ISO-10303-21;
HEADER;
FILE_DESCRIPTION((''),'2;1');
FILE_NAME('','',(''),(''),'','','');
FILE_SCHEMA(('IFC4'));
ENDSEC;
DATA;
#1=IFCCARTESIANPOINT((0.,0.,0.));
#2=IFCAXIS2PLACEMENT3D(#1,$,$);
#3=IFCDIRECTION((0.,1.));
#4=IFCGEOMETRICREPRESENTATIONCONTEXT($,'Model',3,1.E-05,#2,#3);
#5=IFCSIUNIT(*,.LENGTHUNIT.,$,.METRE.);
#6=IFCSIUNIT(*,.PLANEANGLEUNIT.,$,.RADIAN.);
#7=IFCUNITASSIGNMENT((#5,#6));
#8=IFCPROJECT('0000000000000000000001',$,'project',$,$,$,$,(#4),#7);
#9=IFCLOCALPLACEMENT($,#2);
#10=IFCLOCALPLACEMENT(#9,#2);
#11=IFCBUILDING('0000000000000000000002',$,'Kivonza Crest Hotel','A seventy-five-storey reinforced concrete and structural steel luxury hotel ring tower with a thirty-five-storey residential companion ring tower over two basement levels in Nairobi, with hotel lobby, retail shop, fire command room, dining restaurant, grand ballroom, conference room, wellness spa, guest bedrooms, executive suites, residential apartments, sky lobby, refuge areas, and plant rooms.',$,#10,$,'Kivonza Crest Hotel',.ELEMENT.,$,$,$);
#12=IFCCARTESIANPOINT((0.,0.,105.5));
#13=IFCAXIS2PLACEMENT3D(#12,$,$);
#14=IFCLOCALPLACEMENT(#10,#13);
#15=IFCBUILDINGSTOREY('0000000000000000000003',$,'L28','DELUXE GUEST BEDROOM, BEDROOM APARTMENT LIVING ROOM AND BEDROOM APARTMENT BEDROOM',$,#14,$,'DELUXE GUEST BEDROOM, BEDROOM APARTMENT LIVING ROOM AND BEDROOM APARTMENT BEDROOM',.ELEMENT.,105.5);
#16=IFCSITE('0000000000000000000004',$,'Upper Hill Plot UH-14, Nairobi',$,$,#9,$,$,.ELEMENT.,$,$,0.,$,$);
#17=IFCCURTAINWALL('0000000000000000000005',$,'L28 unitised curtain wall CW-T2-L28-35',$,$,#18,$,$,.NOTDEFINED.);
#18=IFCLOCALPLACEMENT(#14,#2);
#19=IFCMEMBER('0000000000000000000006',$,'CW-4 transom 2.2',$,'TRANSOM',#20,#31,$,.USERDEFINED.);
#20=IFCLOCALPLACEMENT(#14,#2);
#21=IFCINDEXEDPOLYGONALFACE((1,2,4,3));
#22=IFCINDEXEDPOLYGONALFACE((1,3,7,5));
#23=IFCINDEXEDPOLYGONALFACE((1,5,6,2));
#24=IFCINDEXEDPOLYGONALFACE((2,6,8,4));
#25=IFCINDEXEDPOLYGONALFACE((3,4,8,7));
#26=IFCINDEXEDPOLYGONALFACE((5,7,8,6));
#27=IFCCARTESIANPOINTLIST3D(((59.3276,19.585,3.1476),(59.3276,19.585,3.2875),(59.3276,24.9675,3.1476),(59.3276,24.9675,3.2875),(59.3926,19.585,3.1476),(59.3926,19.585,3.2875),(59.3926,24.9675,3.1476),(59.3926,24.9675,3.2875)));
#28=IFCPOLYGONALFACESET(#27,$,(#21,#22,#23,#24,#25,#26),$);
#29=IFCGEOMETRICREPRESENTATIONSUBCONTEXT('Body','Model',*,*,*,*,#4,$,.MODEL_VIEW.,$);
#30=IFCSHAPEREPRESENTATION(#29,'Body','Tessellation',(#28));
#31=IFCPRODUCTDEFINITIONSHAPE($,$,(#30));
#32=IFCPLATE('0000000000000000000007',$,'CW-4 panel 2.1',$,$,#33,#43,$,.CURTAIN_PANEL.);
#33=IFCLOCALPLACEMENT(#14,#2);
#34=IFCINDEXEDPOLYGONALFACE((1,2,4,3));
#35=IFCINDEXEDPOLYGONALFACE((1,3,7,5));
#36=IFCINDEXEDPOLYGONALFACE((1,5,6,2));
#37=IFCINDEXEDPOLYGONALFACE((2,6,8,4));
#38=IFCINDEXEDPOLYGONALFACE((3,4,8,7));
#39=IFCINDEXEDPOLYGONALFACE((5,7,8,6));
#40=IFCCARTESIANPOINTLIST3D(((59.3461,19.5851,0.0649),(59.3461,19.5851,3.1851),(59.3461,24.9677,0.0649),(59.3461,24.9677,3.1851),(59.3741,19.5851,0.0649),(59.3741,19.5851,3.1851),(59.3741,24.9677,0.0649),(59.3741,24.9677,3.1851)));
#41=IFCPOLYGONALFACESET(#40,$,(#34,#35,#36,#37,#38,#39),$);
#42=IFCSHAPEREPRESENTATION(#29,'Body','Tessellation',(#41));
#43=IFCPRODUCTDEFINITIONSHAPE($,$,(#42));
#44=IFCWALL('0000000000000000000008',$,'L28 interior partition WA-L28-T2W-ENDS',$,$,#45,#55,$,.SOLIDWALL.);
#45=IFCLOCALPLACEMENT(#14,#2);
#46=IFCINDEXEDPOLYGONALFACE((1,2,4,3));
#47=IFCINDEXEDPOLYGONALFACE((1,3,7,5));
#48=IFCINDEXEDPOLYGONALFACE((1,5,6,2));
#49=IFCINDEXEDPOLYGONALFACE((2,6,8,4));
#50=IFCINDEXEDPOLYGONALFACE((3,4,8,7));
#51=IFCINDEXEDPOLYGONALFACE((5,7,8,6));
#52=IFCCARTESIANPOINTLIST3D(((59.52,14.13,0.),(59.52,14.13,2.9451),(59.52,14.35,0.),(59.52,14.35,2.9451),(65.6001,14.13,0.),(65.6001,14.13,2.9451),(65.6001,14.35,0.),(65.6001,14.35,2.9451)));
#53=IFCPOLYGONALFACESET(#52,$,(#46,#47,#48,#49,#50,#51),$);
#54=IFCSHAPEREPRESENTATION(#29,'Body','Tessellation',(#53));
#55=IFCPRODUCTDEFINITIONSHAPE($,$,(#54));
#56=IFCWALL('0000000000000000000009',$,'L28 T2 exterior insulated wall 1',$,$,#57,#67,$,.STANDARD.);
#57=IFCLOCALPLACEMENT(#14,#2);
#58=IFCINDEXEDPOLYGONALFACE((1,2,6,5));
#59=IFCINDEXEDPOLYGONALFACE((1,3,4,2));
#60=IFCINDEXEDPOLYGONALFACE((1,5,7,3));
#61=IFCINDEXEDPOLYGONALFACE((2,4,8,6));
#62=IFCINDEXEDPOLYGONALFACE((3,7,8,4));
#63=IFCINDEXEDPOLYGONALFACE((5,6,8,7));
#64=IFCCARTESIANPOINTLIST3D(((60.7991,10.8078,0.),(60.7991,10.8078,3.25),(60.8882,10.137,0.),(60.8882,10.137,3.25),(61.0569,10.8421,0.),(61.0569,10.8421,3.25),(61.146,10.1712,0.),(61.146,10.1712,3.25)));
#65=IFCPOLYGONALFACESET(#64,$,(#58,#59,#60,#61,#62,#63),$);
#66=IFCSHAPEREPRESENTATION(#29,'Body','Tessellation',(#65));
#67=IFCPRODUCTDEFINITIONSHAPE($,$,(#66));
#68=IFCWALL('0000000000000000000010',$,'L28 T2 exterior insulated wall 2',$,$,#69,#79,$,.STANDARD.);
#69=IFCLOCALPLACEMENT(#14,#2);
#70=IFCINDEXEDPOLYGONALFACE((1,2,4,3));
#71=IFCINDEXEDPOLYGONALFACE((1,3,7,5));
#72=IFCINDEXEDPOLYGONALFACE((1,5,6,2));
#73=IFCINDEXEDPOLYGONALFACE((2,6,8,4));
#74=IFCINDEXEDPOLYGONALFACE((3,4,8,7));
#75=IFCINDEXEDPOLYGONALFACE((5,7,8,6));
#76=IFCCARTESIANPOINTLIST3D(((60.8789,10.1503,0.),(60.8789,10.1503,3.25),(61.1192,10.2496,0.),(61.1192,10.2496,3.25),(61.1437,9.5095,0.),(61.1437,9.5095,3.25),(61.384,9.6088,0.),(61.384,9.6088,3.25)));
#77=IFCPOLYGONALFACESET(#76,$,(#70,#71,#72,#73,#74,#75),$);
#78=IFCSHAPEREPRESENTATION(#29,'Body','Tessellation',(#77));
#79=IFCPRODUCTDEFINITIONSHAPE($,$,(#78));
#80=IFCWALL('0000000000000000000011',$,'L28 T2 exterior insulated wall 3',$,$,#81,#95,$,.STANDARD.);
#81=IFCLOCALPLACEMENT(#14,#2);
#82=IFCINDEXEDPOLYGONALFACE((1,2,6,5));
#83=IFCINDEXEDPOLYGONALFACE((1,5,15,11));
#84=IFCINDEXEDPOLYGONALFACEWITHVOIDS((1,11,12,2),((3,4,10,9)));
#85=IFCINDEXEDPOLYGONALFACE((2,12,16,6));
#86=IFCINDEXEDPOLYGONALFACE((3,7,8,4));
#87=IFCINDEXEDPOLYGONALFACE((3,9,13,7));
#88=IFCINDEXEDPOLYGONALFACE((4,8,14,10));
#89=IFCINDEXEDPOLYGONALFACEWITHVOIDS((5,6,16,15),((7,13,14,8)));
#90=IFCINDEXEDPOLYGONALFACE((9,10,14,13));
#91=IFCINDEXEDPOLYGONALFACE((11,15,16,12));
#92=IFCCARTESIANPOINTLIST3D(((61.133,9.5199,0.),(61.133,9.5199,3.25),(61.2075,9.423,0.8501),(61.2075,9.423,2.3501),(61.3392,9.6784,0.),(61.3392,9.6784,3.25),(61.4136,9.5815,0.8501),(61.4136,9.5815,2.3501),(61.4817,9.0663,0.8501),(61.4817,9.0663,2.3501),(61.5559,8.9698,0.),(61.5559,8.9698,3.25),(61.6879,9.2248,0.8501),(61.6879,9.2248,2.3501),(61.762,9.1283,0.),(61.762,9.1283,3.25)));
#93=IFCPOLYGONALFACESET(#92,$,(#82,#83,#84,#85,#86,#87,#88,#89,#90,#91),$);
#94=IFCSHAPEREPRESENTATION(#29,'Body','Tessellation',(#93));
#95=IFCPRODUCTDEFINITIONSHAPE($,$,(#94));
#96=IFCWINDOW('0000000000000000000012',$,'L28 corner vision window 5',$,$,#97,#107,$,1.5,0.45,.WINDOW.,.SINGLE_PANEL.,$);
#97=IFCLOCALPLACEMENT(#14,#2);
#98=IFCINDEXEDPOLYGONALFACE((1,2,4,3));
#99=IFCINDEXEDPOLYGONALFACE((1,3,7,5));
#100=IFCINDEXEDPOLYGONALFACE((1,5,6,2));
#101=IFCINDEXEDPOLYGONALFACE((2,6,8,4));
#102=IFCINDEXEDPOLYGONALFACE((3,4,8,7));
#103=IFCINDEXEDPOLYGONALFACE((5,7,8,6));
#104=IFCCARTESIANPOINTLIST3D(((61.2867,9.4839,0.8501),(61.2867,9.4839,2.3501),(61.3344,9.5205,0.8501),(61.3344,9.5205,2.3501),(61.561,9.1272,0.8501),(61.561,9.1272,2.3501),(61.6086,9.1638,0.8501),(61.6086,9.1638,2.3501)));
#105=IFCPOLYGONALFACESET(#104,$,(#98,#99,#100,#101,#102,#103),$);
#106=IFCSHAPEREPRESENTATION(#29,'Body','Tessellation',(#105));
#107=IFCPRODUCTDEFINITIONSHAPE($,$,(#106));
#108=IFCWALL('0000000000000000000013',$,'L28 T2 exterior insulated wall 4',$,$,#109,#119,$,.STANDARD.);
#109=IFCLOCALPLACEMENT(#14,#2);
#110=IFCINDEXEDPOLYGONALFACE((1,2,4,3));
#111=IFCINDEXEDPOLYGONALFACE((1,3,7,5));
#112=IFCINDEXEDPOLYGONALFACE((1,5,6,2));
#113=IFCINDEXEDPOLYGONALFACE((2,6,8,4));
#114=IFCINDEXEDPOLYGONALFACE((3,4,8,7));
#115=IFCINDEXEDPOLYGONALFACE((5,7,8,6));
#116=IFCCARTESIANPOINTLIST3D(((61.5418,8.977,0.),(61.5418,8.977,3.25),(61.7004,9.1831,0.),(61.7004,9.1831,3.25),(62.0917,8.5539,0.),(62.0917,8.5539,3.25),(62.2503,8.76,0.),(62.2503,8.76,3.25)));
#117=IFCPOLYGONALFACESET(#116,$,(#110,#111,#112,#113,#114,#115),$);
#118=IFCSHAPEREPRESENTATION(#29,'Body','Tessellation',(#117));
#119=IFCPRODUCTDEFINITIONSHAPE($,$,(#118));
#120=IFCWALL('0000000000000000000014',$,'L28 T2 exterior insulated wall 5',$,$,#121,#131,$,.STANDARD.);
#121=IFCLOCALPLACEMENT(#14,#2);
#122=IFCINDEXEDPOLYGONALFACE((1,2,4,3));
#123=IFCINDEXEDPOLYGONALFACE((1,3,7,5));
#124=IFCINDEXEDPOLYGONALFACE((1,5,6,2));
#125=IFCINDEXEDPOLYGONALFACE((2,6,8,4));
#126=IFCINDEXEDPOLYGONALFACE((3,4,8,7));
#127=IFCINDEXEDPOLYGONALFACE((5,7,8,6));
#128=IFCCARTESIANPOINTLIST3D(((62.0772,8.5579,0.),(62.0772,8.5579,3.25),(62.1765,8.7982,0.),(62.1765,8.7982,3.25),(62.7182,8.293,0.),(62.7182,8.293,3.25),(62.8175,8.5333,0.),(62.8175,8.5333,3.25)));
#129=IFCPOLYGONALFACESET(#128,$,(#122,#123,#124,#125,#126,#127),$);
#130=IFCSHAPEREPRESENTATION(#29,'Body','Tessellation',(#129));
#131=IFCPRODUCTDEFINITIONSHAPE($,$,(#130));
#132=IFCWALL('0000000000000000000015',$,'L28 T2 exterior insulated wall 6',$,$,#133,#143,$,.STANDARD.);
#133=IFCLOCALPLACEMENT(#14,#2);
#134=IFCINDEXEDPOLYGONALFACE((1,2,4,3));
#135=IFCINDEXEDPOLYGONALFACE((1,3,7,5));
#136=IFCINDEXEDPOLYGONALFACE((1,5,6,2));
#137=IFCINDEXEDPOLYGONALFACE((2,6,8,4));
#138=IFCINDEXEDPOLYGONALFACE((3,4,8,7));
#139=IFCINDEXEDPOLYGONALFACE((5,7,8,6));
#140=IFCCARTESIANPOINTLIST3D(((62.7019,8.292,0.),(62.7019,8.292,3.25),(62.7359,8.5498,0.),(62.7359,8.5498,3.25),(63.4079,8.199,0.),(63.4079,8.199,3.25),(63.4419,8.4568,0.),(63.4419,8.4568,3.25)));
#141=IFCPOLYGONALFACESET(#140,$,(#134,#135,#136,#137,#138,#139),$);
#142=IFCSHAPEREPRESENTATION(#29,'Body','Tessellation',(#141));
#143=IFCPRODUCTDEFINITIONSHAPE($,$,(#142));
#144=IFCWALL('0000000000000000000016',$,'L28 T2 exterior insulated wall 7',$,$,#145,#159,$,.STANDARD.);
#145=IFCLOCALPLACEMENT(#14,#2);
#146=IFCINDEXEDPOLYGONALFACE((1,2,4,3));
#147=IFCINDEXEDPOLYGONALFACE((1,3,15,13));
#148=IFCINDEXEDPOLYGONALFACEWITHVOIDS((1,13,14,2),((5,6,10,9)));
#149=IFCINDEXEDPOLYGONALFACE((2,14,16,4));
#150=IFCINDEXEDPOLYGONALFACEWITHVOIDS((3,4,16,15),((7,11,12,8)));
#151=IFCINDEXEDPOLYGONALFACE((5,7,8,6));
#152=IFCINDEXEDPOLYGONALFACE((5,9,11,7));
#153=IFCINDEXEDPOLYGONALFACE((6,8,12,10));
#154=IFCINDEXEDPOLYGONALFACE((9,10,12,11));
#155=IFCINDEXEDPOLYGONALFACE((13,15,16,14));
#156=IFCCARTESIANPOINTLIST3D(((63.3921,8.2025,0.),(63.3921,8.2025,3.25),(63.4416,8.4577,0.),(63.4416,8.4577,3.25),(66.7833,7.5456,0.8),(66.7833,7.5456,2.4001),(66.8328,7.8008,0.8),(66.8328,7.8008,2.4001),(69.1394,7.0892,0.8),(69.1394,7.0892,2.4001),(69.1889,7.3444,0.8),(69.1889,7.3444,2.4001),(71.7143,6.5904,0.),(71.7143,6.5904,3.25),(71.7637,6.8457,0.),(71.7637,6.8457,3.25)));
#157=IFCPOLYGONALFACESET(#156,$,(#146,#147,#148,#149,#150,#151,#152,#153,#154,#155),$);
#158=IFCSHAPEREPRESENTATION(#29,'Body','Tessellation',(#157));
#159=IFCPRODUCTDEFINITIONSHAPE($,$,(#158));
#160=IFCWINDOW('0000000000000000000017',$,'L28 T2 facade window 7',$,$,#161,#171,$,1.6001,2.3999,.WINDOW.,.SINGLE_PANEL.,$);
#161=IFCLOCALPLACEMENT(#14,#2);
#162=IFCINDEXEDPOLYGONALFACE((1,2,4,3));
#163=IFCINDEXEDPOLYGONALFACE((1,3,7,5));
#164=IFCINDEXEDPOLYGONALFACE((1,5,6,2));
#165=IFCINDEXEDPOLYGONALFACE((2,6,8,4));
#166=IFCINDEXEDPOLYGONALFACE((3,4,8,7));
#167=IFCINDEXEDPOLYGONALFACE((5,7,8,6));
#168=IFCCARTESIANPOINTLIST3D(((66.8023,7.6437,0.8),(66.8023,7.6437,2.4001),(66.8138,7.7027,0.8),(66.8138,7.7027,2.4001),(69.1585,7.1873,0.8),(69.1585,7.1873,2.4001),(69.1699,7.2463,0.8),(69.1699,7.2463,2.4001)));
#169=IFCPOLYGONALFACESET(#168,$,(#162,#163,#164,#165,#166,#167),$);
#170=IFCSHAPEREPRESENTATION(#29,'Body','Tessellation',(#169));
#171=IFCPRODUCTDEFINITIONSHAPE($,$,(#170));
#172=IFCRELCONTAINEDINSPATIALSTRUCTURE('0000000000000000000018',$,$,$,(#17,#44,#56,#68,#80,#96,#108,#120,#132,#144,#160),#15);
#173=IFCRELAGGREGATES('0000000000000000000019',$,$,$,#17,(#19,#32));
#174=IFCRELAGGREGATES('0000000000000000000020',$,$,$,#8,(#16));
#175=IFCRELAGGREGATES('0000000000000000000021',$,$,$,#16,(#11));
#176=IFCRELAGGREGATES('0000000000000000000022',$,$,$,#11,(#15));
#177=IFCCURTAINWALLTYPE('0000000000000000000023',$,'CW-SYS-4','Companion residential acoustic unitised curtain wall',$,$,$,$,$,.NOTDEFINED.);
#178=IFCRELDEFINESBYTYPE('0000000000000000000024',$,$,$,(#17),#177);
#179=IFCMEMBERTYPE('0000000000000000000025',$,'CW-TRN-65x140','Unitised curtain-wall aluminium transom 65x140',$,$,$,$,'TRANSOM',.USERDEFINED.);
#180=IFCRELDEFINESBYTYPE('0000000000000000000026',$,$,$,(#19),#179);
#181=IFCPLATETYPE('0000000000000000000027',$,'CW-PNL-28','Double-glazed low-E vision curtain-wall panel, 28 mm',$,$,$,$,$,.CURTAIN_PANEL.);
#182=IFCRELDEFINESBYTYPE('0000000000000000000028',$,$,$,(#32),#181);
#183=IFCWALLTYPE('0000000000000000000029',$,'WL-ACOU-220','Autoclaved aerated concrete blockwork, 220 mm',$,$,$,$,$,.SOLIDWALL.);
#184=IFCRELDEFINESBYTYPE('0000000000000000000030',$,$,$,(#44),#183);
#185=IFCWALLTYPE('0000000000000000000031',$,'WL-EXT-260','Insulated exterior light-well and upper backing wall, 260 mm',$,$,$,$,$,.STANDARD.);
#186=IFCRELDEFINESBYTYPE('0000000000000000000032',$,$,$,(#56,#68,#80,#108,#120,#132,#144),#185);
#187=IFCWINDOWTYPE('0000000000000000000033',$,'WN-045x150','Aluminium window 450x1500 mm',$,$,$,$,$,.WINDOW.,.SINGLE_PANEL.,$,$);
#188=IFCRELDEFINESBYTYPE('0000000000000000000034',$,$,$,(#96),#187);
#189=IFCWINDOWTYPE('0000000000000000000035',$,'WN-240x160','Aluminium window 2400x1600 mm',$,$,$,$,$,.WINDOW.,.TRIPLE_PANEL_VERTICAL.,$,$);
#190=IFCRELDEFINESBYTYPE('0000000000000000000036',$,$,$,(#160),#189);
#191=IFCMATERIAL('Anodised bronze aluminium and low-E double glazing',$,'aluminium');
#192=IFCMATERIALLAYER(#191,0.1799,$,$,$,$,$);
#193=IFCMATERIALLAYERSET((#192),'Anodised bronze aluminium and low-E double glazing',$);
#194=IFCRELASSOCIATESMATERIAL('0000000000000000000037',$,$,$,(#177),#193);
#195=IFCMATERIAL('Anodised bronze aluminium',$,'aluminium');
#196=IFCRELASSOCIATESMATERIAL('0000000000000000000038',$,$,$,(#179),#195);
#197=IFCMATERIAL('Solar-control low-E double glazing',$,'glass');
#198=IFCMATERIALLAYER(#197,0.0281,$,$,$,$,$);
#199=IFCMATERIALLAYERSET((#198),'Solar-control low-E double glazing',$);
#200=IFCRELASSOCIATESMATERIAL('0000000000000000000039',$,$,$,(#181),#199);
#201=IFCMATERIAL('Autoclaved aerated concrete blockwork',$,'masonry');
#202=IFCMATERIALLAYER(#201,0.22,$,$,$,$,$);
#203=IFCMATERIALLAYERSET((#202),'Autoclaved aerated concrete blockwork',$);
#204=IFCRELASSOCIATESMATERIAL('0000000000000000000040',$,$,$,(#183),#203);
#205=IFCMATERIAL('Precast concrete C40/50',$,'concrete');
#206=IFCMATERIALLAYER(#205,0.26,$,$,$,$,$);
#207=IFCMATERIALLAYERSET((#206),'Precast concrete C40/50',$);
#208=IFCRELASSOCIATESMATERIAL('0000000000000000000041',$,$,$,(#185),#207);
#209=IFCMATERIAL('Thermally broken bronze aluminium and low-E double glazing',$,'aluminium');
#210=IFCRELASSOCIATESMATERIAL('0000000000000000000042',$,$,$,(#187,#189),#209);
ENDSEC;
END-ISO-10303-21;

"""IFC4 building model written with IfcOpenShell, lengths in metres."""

from ifc_helpers import new_model, si_unit, direction, frame, frame_2d, origin, origin_2d, place, context, subcontext, project, spatial, rectangle, extrude, material, layer, layer_set, material_profile, profile_set, type_object, element, fill, aggregate, save


model = new_model("IFC4")

# Units and contexts
model_context = context("Model", 3, precision=1e-05, world=origin(), true_north=direction((0.0, 1.0)))
body_context = subcontext(model_context, "Body", "Model", "MODEL_VIEW")
ifc_project = project(units=[si_unit("LENGTHUNIT", "METRE"), si_unit("PLANEANGLEUNIT", "RADIAN")], contexts=[model_context])

# Site, building, storey
site_placement = place(None, origin())
site = spatial("IfcSite", under=ifc_project, at=site_placement, Name="Upper Hill Plot UH-14, Nairobi", CompositionType="ELEMENT", RefElevation=0.0)
building_placement = place(site_placement, origin())
building = spatial("IfcBuilding", under=site, at=building_placement, Name="Kivonza Crest Hotel", Description="A seventy-five-storey reinforced concrete and structural steel luxury hotel ring tower with a thirty-five-storey residential companion ring tower over two basement levels in Nairobi, with hotel lobby, retail shop, fire command room, dining restaurant, grand ballroom, conference room, wellness spa, guest bedrooms, executive suites, residential apartments, sky lobby, refuge areas, and plant rooms.", LongName="Kivonza Crest Hotel", CompositionType="ELEMENT")
storey_placement = place(building_placement, frame((0.0, 0.0, 105.5)))
storey = spatial("IfcBuildingStorey", under=building, at=storey_placement, Name="L28", Description="DELUXE GUEST BEDROOM, BEDROOM APARTMENT LIVING ROOM AND BEDROOM APARTMENT BEDROOM", LongName="DELUXE GUEST BEDROOM, BEDROOM APARTMENT LIVING ROOM AND BEDROOM APARTMENT BEDROOM", CompositionType="ELEMENT", Elevation=105.5)

# Curtain wall, member, plate
ifc_material_1 = material(Name="Anodised bronze aluminium and low-E double glazing", Category="aluminium")
ifc_layer_1 = layer(ifc_material_1, 0.1799)
ifc_layer_set_1 = layer_set([ifc_layer_1], Name="Anodised bronze aluminium and low-E double glazing")
curtain_wall_type = type_object("IfcCurtainWallType", Name="CW-SYS-4", Description="Companion residential acoustic unitised curtain wall", PredefinedType="NOTDEFINED", material=ifc_layer_set_1)
curtain_wall_placement = place(storey_placement, origin())
curtain_wall = element("IfcCurtainWall", 1, at=curtain_wall_placement, inside=storey, type_object=curtain_wall_type, Name="L28 unitised curtain wall CW-T2-L28-35", PredefinedType="NOTDEFINED")
ifc_material_2 = material(Name="Anodised bronze aluminium", Category="aluminium")
ifc_material_profile_1 = material_profile(ifc_material_2, rectangle(XDim=0.0649, YDim=0.1399, at=origin_2d()), Name="CW-T 65x140")
ifc_profile_set_1 = profile_set([ifc_material_profile_1], Name="Anodised bronze aluminium")
member_type = type_object("IfcMemberType", Name="CW-TRN-65x140", Description="Unitised curtain-wall aluminium transom 65x140", ElementType="TRANSOM", PredefinedType="USERDEFINED", material=ifc_profile_set_1)
member_1_placement = place(storey_placement, frame((59.3601, 24.9675, 3.2175), z_axis=(0.0, -1.0, 0.0), x_axis=(1.0, 0.0, 0.0)))
member_1 = element("IfcMember", 2, at=member_1_placement, type_object=member_type, Name="CW-4 transom 2.2", ObjectType="TRANSOM", PredefinedType="USERDEFINED", context=body_context, shape_type="SweptSolid", body=[
    extrude(rectangle(XDim=0.0649, YDim=0.1399, at=origin_2d()), origin(), (0.0, 0.0, 1.0), 5.3826),
])
ifc_material_3 = material(Name="Solar-control low-E double glazing", Category="glass")
ifc_layer_2 = layer(ifc_material_3, 0.0281)
ifc_layer_set_2 = layer_set([ifc_layer_2], Name="Solar-control low-E double glazing")
plate_type = type_object("IfcPlateType", Name="CW-PNL-28", Description="Double-glazed low-E vision curtain-wall panel, 28 mm", PredefinedType="CURTAIN_PANEL", material=ifc_layer_set_2)
plate_placement = place(storey_placement, frame((59.3601, 22.2764, 0.0649), z_axis=(0.0, 0.0, 1.0), x_axis=(0.0, -1.0, 0.0)))
plate = element("IfcPlate", 3, at=plate_placement, type_object=plate_type, Name="CW-4 panel 2.1", PredefinedType="CURTAIN_PANEL", context=body_context, shape_type="SweptSolid", body=[
    extrude(rectangle(XDim=5.3826, YDim=0.0281, at=origin_2d()), origin(), (0.0, 0.0, 1.0), 3.1201),
])
aggregate(curtain_wall, [member_1, plate])

# Walls
ifc_material_4 = material(Name="Autoclaved aerated concrete blockwork", Category="masonry")
ifc_layer_3 = layer(ifc_material_4, 0.22)
ifc_layer_set_3 = layer_set([ifc_layer_3], Name="Autoclaved aerated concrete blockwork")
wall_type_1 = type_object("IfcWallType", Name="WL-ACOU-220", Description="Autoclaved aerated concrete blockwork, 220 mm", PredefinedType="SOLIDWALL", material=ifc_layer_set_3)
wall_1_placement = place(storey_placement, frame((59.52, 14.24, 0.0), z_axis=(0.0, 0.0, 1.0), x_axis=(1.0, 0.0, 0.0)))
element("IfcWall", 4, at=wall_1_placement, inside=storey, type_object=wall_type_1, Name="L28 interior partition WA-L28-T2W-ENDS", PredefinedType="SOLIDWALL", context=body_context, shape_type="SweptSolid", body=[
    extrude(rectangle(XDim=6.0801, YDim=0.22, at=frame_2d((3.04, 0.0))), origin(), (0.0, 0.0, 1.0), 2.9451),
])
ifc_material_5 = material(Name="Precast concrete C40/50", Category="concrete")
ifc_layer_4 = layer(ifc_material_5, 0.26)
ifc_layer_set_4 = layer_set([ifc_layer_4], Name="Precast concrete C40/50")
wall_type_2 = type_object("IfcWallType", Name="WL-EXT-260", Description="Insulated exterior light-well and upper backing wall, 260 mm", PredefinedType="STANDARD", material=ifc_layer_set_4)
wall_2_placement = place(storey_placement, frame((60.928, 10.825, 0.0), z_axis=(0.0, 0.0, 1.0), x_axis=(0.131667, -0.991294, 0.0)))
element("IfcWall", 5, at=wall_2_placement, inside=storey, type_object=wall_type_2, Name="L28 T2 exterior insulated wall 1", PredefinedType="STANDARD", context=body_context, shape_type="SweptSolid", body=[
    extrude(rectangle(XDim=0.6768, YDim=0.26, at=frame_2d((0.3384, 0.0))), origin(), (0.0, 0.0, 1.0), 3.25),
])
wall_3_placement = place(storey_placement, frame((60.999, 10.2, 0.0), z_axis=(0.0, 0.0, 1.0), x_axis=(0.381989, -0.924167, 0.0)))
element("IfcWall", 6, at=wall_3_placement, inside=storey, type_object=wall_type_2, Name="L28 T2 exterior insulated wall 2", PredefinedType="STANDARD", context=body_context, shape_type="SweptSolid", body=[
    extrude(rectangle(XDim=0.6934, YDim=0.26, at=frame_2d((0.3467, 0.0))), origin(), (0.0, 0.0, 1.0), 3.25),
])

# Wall, opening, window
wall_4_placement = place(storey_placement, frame((61.2361, 9.5991, 0.0), z_axis=(0.0, 0.0, 1.0), x_axis=(0.609473, -0.792807, 0.0)))
wall_4 = element("IfcWall", 7, at=wall_4_placement, inside=storey, type_object=wall_type_2, Name="L28 T2 exterior insulated wall 3", PredefinedType="STANDARD", context=body_context, shape_type="SweptSolid", body=[
    extrude(rectangle(XDim=0.6938, YDim=0.26, at=frame_2d((0.3469, 0.0))), origin(), (0.0, 0.0, 1.0), 3.25),
])
opening_1_placement = place(wall_4_placement, frame((0.1221, 0.0, 0.8501)))
opening_1 = element("IfcOpeningElement", 8, at=opening_1_placement, cuts=wall_4, PredefinedType="OPENING", context=body_context, shape_type="SweptSolid", body=[
    extrude(rectangle(XDim=0.45, YDim=1.5, at=frame_2d((0.2251, 0.75))), frame((0.0, 0.1401, 0.0), z_axis=(0.0, -1.0, 0.0), x_axis=(1.0, 0.0, 0.0)), (0.0, 0.0, 1.0), 0.28),
])
ifc_material_6 = material(Name="Thermally broken bronze aluminium and low-E double glazing", Category="aluminium")
window_type_1 = type_object("IfcWindowType", Name="WN-045x150", Description="Aluminium window 450x1500 mm", PartitioningType="SINGLE_PANEL", PredefinedType="WINDOW", material=ifc_material_6)
window_1_placement = place(opening_1_placement, origin())
window_1 = element("IfcWindow", 9, at=window_1_placement, inside=storey, type_object=window_type_1, Name="L28 corner vision window 5", OverallHeight=1.5, OverallWidth=0.45, PartitioningType="SINGLE_PANEL", PredefinedType="WINDOW", context=body_context, shape_type="SweptSolid", body=[
    extrude(rectangle(XDim=0.45, YDim=1.5, at=frame_2d((0.2251, 0.75))), frame((0.0, 0.03, 0.0), z_axis=(0.0, -1.0, 0.0), x_axis=(1.0, 0.0, 0.0)), (0.0, 0.0, 1.0), 0.0601),
])
fill(opening_1, window_1)

# Walls
wall_5_placement = place(storey_placement, frame((61.6211, 9.0801, 0.0), z_axis=(0.0, 0.0, 1.0), x_axis=(0.792506, -0.609864, 0.0)))
element("IfcWall", 10, at=wall_5_placement, inside=storey, type_object=wall_type_2, Name="L28 T2 exterior insulated wall 4", PredefinedType="STANDARD", context=body_context, shape_type="SweptSolid", body=[
    extrude(rectangle(XDim=0.6938, YDim=0.26, at=frame_2d((0.3469, 0.0))), origin(), (0.0, 0.0, 1.0), 3.25),
])
wall_6_placement = place(storey_placement, frame((62.127, 8.678, 0.0), z_axis=(0.0, 0.0, 1.0), x_axis=(0.924218, -0.381865, 0.0)))
element("IfcWall", 11, at=wall_6_placement, inside=storey, type_object=wall_type_2, Name="L28 T2 exterior insulated wall 5", PredefinedType="STANDARD", context=body_context, shape_type="SweptSolid", body=[
    extrude(rectangle(XDim=0.6936, YDim=0.26, at=frame_2d((0.3467, 0.0))), origin(), (0.0, 0.0, 1.0), 3.25),
])
wall_7_placement = place(storey_placement, frame((62.719, 8.4209, 0.0), z_axis=(0.0, 0.0, 1.0), x_axis=(0.991433, -0.130614, 0.0)))
element("IfcWall", 12, at=wall_7_placement, inside=storey, type_object=wall_type_2, Name="L28 T2 exterior insulated wall 6", PredefinedType="STANDARD", context=body_context, shape_type="SweptSolid", body=[
    extrude(rectangle(XDim=0.7122, YDim=0.26, at=frame_2d((0.356, 0.0))), origin(), (0.0, 0.0, 1.0), 3.25),
])

# Wall, opening, window
wall_8_placement = place(storey_placement, frame((63.417, 8.3301, 0.0), z_axis=(0.0, 0.0, 1.0), x_axis=(0.98175, -0.190175, 0.0)))
wall_8 = element("IfcWall", 13, at=wall_8_placement, inside=storey, type_object=wall_type_2, Name="L28 T2 exterior insulated wall 7", PredefinedType="STANDARD", context=body_context, shape_type="SweptSolid", body=[
    extrude(rectangle(XDim=8.4768, YDim=0.26, at=frame_2d((4.2383, 0.0))), origin(), (0.0, 0.0, 1.0), 3.25),
])
opening_2_placement = place(wall_8_placement, frame((3.4541, 0.0, 0.8)))
opening_2 = element("IfcOpeningElement", 14, at=opening_2_placement, cuts=wall_8, PredefinedType="OPENING", context=body_context, shape_type="SweptSolid", body=[
    extrude(rectangle(XDim=2.3999, YDim=1.6001, at=frame_2d((1.2, 0.8))), frame((0.0, 0.1401, 0.0), z_axis=(0.0, -1.0, 0.0), x_axis=(1.0, 0.0, 0.0)), (0.0, 0.0, 1.0), 0.28),
])
window_type_2 = type_object("IfcWindowType", Name="WN-240x160", Description="Aluminium window 2400x1600 mm", PartitioningType="TRIPLE_PANEL_VERTICAL", PredefinedType="WINDOW", material=ifc_material_6)
window_2_placement = place(opening_2_placement, origin())
window_2 = element("IfcWindow", 15, at=window_2_placement, inside=storey, type_object=window_type_2, Name="L28 T2 facade window 7", OverallHeight=1.6001, OverallWidth=2.3999, PartitioningType="SINGLE_PANEL", PredefinedType="WINDOW", context=body_context, shape_type="SweptSolid", body=[
    extrude(rectangle(XDim=2.3999, YDim=1.6001, at=frame_2d((1.2, 0.8))), frame((0.0, 0.03, 0.0), z_axis=(0.0, -1.0, 0.0), x_axis=(1.0, 0.0, 0.0)), (0.0, 0.0, 1.0), 0.0601),
])
fill(opening_2, window_2)

save(model, "model.ifc")
